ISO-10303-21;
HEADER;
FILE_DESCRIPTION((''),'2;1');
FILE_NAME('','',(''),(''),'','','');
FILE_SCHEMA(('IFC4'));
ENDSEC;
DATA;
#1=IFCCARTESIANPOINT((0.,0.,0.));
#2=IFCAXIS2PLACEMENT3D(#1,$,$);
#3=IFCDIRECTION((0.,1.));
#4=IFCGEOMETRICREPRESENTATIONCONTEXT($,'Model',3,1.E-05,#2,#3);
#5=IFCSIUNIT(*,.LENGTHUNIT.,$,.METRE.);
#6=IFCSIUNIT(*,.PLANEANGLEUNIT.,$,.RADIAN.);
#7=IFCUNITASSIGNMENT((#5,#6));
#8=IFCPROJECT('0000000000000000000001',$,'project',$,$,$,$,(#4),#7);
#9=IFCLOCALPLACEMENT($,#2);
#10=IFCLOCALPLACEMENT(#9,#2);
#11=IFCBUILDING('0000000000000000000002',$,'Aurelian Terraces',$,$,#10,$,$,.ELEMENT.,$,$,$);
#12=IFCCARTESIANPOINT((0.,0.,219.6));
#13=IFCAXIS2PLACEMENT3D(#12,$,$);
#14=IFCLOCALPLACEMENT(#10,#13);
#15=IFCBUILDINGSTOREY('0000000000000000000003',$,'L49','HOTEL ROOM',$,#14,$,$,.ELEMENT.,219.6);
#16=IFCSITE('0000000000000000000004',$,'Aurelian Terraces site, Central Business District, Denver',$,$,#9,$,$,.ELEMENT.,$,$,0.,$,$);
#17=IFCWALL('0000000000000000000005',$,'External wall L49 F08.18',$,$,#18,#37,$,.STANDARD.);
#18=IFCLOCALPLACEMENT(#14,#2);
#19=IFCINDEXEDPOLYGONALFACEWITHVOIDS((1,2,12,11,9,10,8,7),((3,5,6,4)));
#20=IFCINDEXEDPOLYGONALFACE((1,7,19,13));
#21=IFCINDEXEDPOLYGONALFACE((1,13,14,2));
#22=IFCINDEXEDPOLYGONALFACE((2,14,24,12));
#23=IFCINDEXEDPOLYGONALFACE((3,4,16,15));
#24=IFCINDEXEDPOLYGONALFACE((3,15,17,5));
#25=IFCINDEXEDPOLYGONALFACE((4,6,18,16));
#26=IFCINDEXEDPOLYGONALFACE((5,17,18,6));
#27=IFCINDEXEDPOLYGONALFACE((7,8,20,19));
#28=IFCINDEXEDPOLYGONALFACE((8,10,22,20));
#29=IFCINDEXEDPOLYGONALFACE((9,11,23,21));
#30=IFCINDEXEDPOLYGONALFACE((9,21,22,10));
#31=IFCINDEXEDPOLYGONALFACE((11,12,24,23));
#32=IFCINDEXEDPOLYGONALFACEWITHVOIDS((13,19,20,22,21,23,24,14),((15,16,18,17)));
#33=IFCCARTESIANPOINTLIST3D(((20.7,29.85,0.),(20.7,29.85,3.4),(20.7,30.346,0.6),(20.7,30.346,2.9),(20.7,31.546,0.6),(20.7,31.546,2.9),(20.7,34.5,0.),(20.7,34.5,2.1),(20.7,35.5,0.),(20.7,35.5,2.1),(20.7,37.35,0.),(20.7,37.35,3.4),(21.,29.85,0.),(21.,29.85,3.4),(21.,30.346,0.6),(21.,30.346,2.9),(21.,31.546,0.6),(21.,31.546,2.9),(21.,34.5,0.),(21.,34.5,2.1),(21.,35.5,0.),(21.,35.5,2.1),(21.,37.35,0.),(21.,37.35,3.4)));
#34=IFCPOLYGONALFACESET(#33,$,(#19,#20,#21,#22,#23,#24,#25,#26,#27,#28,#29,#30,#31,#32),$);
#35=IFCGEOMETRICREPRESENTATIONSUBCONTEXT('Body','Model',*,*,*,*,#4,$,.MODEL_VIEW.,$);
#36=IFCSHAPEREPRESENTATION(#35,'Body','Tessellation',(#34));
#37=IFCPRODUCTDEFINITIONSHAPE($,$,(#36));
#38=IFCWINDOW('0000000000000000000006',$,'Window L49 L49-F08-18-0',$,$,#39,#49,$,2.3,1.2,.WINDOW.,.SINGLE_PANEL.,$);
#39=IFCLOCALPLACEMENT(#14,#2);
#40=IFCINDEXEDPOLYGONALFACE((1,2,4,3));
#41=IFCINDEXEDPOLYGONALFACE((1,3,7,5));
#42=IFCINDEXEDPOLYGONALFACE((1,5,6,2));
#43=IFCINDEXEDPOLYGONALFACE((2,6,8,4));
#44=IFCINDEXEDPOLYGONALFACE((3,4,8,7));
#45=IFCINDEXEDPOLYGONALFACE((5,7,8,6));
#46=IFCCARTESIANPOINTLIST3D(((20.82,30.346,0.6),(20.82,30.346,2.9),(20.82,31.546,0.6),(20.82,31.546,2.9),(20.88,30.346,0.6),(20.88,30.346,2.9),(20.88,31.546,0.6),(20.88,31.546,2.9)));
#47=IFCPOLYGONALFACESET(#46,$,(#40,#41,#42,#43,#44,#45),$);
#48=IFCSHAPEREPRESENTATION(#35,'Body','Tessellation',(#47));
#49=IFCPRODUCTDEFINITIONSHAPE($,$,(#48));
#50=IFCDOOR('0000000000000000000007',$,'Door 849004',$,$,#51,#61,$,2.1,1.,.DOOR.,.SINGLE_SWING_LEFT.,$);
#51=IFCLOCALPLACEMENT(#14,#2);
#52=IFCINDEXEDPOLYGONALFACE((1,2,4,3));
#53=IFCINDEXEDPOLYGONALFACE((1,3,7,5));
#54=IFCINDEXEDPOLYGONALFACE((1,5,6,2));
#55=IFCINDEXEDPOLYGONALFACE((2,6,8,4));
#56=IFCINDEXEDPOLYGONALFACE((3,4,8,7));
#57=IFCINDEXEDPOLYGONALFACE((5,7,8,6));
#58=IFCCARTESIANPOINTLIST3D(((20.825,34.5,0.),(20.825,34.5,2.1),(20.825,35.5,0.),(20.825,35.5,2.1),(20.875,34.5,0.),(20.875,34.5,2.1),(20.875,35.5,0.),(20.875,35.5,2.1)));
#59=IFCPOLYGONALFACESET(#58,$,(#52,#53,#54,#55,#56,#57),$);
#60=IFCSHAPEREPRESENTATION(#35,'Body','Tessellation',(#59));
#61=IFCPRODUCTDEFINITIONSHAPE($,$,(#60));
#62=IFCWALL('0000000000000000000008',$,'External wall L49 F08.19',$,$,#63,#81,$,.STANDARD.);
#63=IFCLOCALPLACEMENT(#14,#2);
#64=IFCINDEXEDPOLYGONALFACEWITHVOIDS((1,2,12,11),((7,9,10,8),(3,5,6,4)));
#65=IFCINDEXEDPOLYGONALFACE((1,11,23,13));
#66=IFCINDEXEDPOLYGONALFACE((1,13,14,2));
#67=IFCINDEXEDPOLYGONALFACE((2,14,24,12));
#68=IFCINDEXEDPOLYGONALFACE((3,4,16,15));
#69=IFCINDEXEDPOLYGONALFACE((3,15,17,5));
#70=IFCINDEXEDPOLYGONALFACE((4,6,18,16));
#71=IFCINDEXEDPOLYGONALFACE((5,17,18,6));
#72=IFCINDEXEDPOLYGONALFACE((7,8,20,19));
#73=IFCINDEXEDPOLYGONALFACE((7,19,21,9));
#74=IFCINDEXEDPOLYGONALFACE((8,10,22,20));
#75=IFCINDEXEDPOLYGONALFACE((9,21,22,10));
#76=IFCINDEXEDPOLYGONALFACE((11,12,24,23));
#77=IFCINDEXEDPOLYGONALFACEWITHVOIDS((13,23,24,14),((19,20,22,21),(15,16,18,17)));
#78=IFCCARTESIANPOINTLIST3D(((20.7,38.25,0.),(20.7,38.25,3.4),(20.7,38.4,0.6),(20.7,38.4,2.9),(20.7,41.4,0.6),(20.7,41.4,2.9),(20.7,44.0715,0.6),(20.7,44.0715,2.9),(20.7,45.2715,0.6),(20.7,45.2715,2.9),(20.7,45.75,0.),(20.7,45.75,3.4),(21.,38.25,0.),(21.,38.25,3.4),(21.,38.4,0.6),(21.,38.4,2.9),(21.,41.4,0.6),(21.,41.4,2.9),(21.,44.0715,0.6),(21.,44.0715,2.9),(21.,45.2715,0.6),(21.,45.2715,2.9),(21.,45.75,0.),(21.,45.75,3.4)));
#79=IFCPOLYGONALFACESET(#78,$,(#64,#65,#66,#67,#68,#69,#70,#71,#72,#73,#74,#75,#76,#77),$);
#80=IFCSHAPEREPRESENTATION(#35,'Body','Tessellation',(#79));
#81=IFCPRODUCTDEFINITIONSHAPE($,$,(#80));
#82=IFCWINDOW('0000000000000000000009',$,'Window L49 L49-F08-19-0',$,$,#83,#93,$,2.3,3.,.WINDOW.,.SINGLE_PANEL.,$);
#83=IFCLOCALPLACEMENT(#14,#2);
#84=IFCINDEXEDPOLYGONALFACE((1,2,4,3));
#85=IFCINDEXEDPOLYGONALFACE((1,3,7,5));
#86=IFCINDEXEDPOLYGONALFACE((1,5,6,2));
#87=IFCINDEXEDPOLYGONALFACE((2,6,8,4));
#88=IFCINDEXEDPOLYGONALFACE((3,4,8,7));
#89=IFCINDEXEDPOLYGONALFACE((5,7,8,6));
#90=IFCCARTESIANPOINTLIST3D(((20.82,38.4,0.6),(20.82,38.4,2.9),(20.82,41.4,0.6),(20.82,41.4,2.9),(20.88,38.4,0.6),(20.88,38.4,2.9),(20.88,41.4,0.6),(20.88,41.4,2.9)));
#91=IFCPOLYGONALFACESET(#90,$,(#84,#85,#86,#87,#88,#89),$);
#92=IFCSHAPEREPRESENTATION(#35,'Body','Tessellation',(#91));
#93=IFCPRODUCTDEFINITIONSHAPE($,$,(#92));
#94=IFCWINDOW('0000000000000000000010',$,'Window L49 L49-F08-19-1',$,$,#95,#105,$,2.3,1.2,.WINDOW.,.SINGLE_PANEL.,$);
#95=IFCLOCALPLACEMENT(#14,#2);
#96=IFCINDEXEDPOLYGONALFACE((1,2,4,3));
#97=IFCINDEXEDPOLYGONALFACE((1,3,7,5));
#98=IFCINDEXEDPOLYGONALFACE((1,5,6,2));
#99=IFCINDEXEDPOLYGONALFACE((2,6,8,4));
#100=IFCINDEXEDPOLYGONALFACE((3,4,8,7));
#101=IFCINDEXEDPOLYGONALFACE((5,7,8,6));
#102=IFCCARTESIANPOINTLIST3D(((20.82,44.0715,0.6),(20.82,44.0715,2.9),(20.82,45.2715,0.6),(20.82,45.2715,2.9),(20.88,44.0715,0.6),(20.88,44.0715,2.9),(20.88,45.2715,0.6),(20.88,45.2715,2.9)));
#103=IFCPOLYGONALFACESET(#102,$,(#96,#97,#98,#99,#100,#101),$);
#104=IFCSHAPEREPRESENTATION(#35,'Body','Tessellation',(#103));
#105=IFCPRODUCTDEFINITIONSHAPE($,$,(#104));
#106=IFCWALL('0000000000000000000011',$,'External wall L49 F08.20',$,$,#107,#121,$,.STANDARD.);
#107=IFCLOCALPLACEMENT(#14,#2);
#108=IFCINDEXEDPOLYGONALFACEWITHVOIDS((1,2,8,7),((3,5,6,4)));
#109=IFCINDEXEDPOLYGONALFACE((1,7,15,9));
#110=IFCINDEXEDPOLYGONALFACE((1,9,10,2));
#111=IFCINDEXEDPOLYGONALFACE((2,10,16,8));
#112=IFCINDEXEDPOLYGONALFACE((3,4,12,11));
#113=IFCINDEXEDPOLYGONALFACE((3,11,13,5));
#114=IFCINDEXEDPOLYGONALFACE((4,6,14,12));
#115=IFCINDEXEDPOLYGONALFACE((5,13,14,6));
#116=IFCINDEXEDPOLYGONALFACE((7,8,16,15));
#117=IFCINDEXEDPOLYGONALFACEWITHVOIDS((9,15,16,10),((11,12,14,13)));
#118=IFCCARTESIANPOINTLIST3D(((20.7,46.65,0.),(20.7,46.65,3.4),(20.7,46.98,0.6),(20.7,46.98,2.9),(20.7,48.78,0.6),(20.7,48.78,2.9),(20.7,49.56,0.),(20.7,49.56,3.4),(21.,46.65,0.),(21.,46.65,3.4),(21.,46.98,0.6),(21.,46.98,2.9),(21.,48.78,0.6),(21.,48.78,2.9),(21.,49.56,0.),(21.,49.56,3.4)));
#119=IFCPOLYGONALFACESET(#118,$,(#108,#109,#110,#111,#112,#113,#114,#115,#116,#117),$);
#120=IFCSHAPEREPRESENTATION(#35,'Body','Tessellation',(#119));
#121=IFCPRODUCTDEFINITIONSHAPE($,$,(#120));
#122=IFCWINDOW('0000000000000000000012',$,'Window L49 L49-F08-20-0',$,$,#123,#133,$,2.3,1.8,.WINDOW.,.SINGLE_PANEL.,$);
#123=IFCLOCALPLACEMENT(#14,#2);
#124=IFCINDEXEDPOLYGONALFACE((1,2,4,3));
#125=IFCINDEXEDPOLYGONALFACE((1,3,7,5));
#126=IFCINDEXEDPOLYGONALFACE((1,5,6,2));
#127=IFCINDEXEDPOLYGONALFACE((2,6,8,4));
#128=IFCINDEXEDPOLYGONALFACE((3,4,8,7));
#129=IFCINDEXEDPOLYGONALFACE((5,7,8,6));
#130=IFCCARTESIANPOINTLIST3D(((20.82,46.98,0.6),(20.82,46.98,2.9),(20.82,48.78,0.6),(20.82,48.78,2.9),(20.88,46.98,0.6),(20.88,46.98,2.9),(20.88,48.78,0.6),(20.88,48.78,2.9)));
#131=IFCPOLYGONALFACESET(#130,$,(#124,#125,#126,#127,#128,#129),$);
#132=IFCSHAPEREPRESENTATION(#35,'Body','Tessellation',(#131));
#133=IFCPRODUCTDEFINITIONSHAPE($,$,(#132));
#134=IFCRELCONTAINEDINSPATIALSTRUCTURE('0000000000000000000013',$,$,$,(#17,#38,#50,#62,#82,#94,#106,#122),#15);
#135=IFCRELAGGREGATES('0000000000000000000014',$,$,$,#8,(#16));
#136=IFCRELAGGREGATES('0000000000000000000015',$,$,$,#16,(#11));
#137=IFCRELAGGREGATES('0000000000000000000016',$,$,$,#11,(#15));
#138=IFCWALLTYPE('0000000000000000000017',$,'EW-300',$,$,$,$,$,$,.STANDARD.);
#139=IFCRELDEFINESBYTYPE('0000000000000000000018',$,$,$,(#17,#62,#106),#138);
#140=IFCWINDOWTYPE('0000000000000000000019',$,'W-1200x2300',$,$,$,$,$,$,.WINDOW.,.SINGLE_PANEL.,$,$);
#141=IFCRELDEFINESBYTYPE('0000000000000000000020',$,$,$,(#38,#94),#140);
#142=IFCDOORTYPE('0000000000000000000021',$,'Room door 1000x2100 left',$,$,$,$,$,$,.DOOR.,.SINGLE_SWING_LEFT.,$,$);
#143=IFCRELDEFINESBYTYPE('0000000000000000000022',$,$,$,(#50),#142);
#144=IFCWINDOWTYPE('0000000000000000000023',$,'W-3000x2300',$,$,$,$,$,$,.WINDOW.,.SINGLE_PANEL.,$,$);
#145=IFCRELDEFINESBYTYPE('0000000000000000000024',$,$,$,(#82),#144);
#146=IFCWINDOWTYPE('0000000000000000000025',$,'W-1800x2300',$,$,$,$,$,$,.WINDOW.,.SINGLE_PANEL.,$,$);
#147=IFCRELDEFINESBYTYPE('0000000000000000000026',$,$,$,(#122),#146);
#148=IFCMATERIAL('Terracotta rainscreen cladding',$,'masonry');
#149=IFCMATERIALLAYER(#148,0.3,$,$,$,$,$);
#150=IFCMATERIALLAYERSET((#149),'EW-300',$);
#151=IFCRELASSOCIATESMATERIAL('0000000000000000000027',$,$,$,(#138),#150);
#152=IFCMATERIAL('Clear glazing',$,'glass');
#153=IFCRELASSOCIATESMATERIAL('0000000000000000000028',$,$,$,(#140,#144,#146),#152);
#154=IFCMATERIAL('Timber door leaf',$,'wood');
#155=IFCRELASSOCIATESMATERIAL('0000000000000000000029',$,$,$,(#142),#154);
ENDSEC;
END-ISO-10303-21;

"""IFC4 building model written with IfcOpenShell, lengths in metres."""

from ifc_helpers import new_model, si_unit, direction, frame, frame_2d, origin, place, context, subcontext, project, spatial, rectangle, extrude, source, transform, mapped, material, layer, layer_set, type_object, element, fill, save


model = new_model("IFC4")

# Units and contexts
model_context = context("Model", 3, precision=1e-05, world=origin(), true_north=direction((0.0, 1.0)))
body_context = subcontext(model_context, "Body", "Model", "MODEL_VIEW")
ifc_project = project(units=[si_unit("LENGTHUNIT", "METRE"), si_unit("PLANEANGLEUNIT", "RADIAN")], contexts=[model_context])

# Site, building, storey
site_placement = place(None, origin())
site = spatial("IfcSite", under=ifc_project, at=site_placement, Name="Aurelian Terraces site, Central Business District, Denver", CompositionType="ELEMENT", RefElevation=0.0)
building_placement = place(site_placement, origin())
building = spatial("IfcBuilding", under=site, at=building_placement, Name="Aurelian Terraces", CompositionType="ELEMENT")
storey_placement = place(building_placement, frame((0.0, 0.0, 219.6)))
storey = spatial("IfcBuildingStorey", under=building, at=storey_placement, Name="L49", Description="HOTEL ROOM", CompositionType="ELEMENT", Elevation=219.6)

# Wall, openings, window, door
ifc_material_1 = material(Name="Terracotta rainscreen cladding", Category="masonry")
ifc_layer_1 = layer(ifc_material_1, 0.3)
ifc_layer_set_1 = layer_set([ifc_layer_1], Name="EW-300")
wall_type_1 = type_object("IfcWallType", Name="EW-300", PredefinedType="STANDARD", material=ifc_layer_set_1)
shared_shape_1 = source(origin(), body_context, "Body", "SweptSolid", [
    extrude(rectangle(XDim=7.5, YDim=0.3, at=frame_2d((3.75, 0.0))), origin(), (0.0, 0.0, 1.0), 3.4),
])
wall_1_placement = place(storey_placement, frame((20.85, 29.85, 0.0), z_axis=(0.0, 0.0, 1.0), x_axis=(0.0, 1.0, 0.0)))
wall_1 = element("IfcWall", 1, at=wall_1_placement, inside=storey, type_object=wall_type_1, Name="External wall L49 F08.18", PredefinedType="STANDARD", context=body_context, shape_type="MappedRepresentation", body=[
    mapped(shared_shape_1, transform((0.0, 0.0, 0.0), scale=1.0)),
])
shared_shape_2 = source(origin(), body_context, "Body", "SweptSolid", [
    extrude(rectangle(XDim=1.2, YDim=2.3, at=frame_2d((0.6, 1.15))), frame((0.0, 0.16, 0.0), z_axis=(0.0, -1.0, 0.0), x_axis=(1.0, 0.0, 0.0)), (0.0, 0.0, 1.0), 0.32),
])
opening_1_placement = place(wall_1_placement, frame((0.496, 0.0, 0.6)))
opening_1 = element("IfcOpeningElement", 2, at=opening_1_placement, cuts=wall_1, PredefinedType="OPENING", context=body_context, shape_type="MappedRepresentation", body=[
    mapped(shared_shape_2, transform((0.0, 0.0, 0.0), scale=1.0)),
])
shared_shape_3 = source(origin(), body_context, "Body", "SweptSolid", [
    extrude(rectangle(XDim=1.0, YDim=2.1, at=frame_2d((0.5, 1.05))), frame((0.0, 0.16, 0.0), z_axis=(0.0, -1.0, 0.0), x_axis=(1.0, 0.0, 0.0)), (0.0, 0.0, 1.0), 0.32),
])
opening_2_placement = place(wall_1_placement, frame((4.65, 0.0, 0.0)))
opening_2 = element("IfcOpeningElement", 3, at=opening_2_placement, cuts=wall_1, PredefinedType="OPENING", context=body_context, shape_type="MappedRepresentation", body=[
    mapped(shared_shape_3, transform((0.0, 0.0, 0.0), scale=1.0)),
])
ifc_material_2 = material(Name="Clear glazing", Category="glass")
window_type_1 = type_object("IfcWindowType", Name="W-1200x2300", PartitioningType="SINGLE_PANEL", PredefinedType="WINDOW", material=ifc_material_2)
shared_shape_4 = source(origin(), body_context, "Body", "SweptSolid", [
    extrude(rectangle(XDim=1.2, YDim=2.3, at=frame_2d((0.6, 1.15))), frame((0.0, 0.03, 0.0), z_axis=(0.0, -1.0, 0.0), x_axis=(1.0, 0.0, 0.0)), (0.0, 0.0, 1.0), 0.06),
])
window_1_placement = place(opening_1_placement, origin())
window_1 = element("IfcWindow", 4, at=window_1_placement, inside=storey, type_object=window_type_1, Name="Window L49 L49-F08-18-0", OverallHeight=2.3, OverallWidth=1.2, PartitioningType="SINGLE_PANEL", PredefinedType="WINDOW", context=body_context, shape_type="MappedRepresentation", body=[
    mapped(shared_shape_4, transform((0.0, 0.0, 0.0), scale=1.0)),
])
fill(opening_1, window_1)
ifc_material_3 = material(Name="Timber door leaf", Category="wood")
door_type = type_object("IfcDoorType", Name="Room door 1000x2100 left", OperationType="SINGLE_SWING_LEFT", PredefinedType="DOOR", material=ifc_material_3)
shared_shape_5 = source(origin(), body_context, "Body", "SweptSolid", [
    extrude(rectangle(XDim=1.0, YDim=2.1, at=frame_2d((0.5, 1.05))), frame((0.0, 0.025, 0.0), z_axis=(0.0, -1.0, 0.0), x_axis=(1.0, 0.0, 0.0)), (0.0, 0.0, 1.0), 0.05),
])
door_placement = place(opening_2_placement, origin())
door = element("IfcDoor", 5, at=door_placement, inside=storey, type_object=door_type, Name="Door 849004", OperationType="SINGLE_SWING_LEFT", OverallHeight=2.1, OverallWidth=1.0, PredefinedType="DOOR", context=body_context, shape_type="MappedRepresentation", body=[
    mapped(shared_shape_5, transform((0.0, 0.0, 0.0), scale=1.0)),
])
fill(opening_2, door)

# Wall, openings, windows
wall_2_placement = place(storey_placement, frame((20.85, 38.25, 0.0), z_axis=(0.0, 0.0, 1.0), x_axis=(0.0, 1.0, 0.0)))
wall_2 = element("IfcWall", 6, at=wall_2_placement, inside=storey, type_object=wall_type_1, Name="External wall L49 F08.19", PredefinedType="STANDARD", context=body_context, shape_type="MappedRepresentation", body=[
    mapped(shared_shape_1, transform((0.0, 0.0, 0.0), scale=1.0)),
])
shared_shape_6 = source(origin(), body_context, "Body", "SweptSolid", [
    extrude(rectangle(XDim=3.0, YDim=2.3, at=frame_2d((1.5, 1.15))), frame((0.0, 0.16, 0.0), z_axis=(0.0, -1.0, 0.0), x_axis=(1.0, 0.0, 0.0)), (0.0, 0.0, 1.0), 0.32),
])
opening_3_placement = place(wall_2_placement, frame((0.15, 0.0, 0.6)))
opening_3 = element("IfcOpeningElement", 7, at=opening_3_placement, cuts=wall_2, PredefinedType="OPENING", context=body_context, shape_type="MappedRepresentation", body=[
    mapped(shared_shape_6, transform((0.0, 0.0, 0.0), scale=1.0)),
])
opening_4_placement = place(wall_2_placement, frame((5.8215, 0.0, 0.6)))
opening_4 = element("IfcOpeningElement", 8, at=opening_4_placement, cuts=wall_2, PredefinedType="OPENING", context=body_context, shape_type="MappedRepresentation", body=[
    mapped(shared_shape_2, transform((0.0, 0.0, 0.0), scale=1.0)),
])
window_type_2 = type_object("IfcWindowType", Name="W-3000x2300", PartitioningType="SINGLE_PANEL", PredefinedType="WINDOW", material=ifc_material_2)
shared_shape_7 = source(origin(), body_context, "Body", "SweptSolid", [
    extrude(rectangle(XDim=3.0, YDim=2.3, at=frame_2d((1.5, 1.15))), frame((0.0, 0.03, 0.0), z_axis=(0.0, -1.0, 0.0), x_axis=(1.0, 0.0, 0.0)), (0.0, 0.0, 1.0), 0.06),
])
window_2_placement = place(opening_3_placement, origin())
window_2 = element("IfcWindow", 9, at=window_2_placement, inside=storey, type_object=window_type_2, Name="Window L49 L49-F08-19-0", OverallHeight=2.3, OverallWidth=3.0, PartitioningType="SINGLE_PANEL", PredefinedType="WINDOW", context=body_context, shape_type="MappedRepresentation", body=[
    mapped(shared_shape_7, transform((0.0, 0.0, 0.0), scale=1.0)),
])
fill(opening_3, window_2)
window_3_placement = place(opening_4_placement, origin())
window_3 = element("IfcWindow", 10, at=window_3_placement, inside=storey, type_object=window_type_1, Name="Window L49 L49-F08-19-1", OverallHeight=2.3, OverallWidth=1.2, PartitioningType="SINGLE_PANEL", PredefinedType="WINDOW", context=body_context, shape_type="MappedRepresentation", body=[
    mapped(shared_shape_4, transform((0.0, 0.0, 0.0), scale=1.0)),
])
fill(opening_4, window_3)

# Wall, opening, window
shared_shape_8 = source(origin(), body_context, "Body", "SweptSolid", [
    extrude(rectangle(XDim=2.91, YDim=0.3, at=frame_2d((1.455, 0.0))), origin(), (0.0, 0.0, 1.0), 3.4),
])
wall_3_placement = place(storey_placement, frame((20.85, 46.65, 0.0), z_axis=(0.0, 0.0, 1.0), x_axis=(0.0, 1.0, 0.0)))
wall_3 = element("IfcWall", 11, at=wall_3_placement, inside=storey, type_object=wall_type_1, Name="External wall L49 F08.20", PredefinedType="STANDARD", context=body_context, shape_type="MappedRepresentation", body=[
    mapped(shared_shape_8, transform((0.0, 0.0, 0.0), scale=1.0)),
])
shared_shape_9 = source(origin(), body_context, "Body", "SweptSolid", [
    extrude(rectangle(XDim=1.8, YDim=2.3, at=frame_2d((0.9, 1.15))), frame((0.0, 0.16, 0.0), z_axis=(0.0, -1.0, 0.0), x_axis=(1.0, 0.0, 0.0)), (0.0, 0.0, 1.0), 0.32),
])
opening_5_placement = place(wall_3_placement, frame((0.33, 0.0, 0.6)))
opening_5 = element("IfcOpeningElement", 12, at=opening_5_placement, cuts=wall_3, PredefinedType="OPENING", context=body_context, shape_type="MappedRepresentation", body=[
    mapped(shared_shape_9, transform((0.0, 0.0, 0.0), scale=1.0)),
])
window_type_3 = type_object("IfcWindowType", Name="W-1800x2300", PartitioningType="SINGLE_PANEL", PredefinedType="WINDOW", material=ifc_material_2)
shared_shape_10 = source(origin(), body_context, "Body", "SweptSolid", [
    extrude(rectangle(XDim=1.8, YDim=2.3, at=frame_2d((0.9, 1.15))), frame((0.0, 0.03, 0.0), z_axis=(0.0, -1.0, 0.0), x_axis=(1.0, 0.0, 0.0)), (0.0, 0.0, 1.0), 0.06),
])
window_4_placement = place(opening_5_placement, origin())
window_4 = element("IfcWindow", 13, at=window_4_placement, inside=storey, type_object=window_type_3, Name="Window L49 L49-F08-20-0", OverallHeight=2.3, OverallWidth=1.8, PartitioningType="SINGLE_PANEL", PredefinedType="WINDOW", context=body_context, shape_type="MappedRepresentation", body=[
    mapped(shared_shape_10, transform((0.0, 0.0, 0.0), scale=1.0)),
])
fill(opening_5, window_4)

save(model, "model.ifc")
